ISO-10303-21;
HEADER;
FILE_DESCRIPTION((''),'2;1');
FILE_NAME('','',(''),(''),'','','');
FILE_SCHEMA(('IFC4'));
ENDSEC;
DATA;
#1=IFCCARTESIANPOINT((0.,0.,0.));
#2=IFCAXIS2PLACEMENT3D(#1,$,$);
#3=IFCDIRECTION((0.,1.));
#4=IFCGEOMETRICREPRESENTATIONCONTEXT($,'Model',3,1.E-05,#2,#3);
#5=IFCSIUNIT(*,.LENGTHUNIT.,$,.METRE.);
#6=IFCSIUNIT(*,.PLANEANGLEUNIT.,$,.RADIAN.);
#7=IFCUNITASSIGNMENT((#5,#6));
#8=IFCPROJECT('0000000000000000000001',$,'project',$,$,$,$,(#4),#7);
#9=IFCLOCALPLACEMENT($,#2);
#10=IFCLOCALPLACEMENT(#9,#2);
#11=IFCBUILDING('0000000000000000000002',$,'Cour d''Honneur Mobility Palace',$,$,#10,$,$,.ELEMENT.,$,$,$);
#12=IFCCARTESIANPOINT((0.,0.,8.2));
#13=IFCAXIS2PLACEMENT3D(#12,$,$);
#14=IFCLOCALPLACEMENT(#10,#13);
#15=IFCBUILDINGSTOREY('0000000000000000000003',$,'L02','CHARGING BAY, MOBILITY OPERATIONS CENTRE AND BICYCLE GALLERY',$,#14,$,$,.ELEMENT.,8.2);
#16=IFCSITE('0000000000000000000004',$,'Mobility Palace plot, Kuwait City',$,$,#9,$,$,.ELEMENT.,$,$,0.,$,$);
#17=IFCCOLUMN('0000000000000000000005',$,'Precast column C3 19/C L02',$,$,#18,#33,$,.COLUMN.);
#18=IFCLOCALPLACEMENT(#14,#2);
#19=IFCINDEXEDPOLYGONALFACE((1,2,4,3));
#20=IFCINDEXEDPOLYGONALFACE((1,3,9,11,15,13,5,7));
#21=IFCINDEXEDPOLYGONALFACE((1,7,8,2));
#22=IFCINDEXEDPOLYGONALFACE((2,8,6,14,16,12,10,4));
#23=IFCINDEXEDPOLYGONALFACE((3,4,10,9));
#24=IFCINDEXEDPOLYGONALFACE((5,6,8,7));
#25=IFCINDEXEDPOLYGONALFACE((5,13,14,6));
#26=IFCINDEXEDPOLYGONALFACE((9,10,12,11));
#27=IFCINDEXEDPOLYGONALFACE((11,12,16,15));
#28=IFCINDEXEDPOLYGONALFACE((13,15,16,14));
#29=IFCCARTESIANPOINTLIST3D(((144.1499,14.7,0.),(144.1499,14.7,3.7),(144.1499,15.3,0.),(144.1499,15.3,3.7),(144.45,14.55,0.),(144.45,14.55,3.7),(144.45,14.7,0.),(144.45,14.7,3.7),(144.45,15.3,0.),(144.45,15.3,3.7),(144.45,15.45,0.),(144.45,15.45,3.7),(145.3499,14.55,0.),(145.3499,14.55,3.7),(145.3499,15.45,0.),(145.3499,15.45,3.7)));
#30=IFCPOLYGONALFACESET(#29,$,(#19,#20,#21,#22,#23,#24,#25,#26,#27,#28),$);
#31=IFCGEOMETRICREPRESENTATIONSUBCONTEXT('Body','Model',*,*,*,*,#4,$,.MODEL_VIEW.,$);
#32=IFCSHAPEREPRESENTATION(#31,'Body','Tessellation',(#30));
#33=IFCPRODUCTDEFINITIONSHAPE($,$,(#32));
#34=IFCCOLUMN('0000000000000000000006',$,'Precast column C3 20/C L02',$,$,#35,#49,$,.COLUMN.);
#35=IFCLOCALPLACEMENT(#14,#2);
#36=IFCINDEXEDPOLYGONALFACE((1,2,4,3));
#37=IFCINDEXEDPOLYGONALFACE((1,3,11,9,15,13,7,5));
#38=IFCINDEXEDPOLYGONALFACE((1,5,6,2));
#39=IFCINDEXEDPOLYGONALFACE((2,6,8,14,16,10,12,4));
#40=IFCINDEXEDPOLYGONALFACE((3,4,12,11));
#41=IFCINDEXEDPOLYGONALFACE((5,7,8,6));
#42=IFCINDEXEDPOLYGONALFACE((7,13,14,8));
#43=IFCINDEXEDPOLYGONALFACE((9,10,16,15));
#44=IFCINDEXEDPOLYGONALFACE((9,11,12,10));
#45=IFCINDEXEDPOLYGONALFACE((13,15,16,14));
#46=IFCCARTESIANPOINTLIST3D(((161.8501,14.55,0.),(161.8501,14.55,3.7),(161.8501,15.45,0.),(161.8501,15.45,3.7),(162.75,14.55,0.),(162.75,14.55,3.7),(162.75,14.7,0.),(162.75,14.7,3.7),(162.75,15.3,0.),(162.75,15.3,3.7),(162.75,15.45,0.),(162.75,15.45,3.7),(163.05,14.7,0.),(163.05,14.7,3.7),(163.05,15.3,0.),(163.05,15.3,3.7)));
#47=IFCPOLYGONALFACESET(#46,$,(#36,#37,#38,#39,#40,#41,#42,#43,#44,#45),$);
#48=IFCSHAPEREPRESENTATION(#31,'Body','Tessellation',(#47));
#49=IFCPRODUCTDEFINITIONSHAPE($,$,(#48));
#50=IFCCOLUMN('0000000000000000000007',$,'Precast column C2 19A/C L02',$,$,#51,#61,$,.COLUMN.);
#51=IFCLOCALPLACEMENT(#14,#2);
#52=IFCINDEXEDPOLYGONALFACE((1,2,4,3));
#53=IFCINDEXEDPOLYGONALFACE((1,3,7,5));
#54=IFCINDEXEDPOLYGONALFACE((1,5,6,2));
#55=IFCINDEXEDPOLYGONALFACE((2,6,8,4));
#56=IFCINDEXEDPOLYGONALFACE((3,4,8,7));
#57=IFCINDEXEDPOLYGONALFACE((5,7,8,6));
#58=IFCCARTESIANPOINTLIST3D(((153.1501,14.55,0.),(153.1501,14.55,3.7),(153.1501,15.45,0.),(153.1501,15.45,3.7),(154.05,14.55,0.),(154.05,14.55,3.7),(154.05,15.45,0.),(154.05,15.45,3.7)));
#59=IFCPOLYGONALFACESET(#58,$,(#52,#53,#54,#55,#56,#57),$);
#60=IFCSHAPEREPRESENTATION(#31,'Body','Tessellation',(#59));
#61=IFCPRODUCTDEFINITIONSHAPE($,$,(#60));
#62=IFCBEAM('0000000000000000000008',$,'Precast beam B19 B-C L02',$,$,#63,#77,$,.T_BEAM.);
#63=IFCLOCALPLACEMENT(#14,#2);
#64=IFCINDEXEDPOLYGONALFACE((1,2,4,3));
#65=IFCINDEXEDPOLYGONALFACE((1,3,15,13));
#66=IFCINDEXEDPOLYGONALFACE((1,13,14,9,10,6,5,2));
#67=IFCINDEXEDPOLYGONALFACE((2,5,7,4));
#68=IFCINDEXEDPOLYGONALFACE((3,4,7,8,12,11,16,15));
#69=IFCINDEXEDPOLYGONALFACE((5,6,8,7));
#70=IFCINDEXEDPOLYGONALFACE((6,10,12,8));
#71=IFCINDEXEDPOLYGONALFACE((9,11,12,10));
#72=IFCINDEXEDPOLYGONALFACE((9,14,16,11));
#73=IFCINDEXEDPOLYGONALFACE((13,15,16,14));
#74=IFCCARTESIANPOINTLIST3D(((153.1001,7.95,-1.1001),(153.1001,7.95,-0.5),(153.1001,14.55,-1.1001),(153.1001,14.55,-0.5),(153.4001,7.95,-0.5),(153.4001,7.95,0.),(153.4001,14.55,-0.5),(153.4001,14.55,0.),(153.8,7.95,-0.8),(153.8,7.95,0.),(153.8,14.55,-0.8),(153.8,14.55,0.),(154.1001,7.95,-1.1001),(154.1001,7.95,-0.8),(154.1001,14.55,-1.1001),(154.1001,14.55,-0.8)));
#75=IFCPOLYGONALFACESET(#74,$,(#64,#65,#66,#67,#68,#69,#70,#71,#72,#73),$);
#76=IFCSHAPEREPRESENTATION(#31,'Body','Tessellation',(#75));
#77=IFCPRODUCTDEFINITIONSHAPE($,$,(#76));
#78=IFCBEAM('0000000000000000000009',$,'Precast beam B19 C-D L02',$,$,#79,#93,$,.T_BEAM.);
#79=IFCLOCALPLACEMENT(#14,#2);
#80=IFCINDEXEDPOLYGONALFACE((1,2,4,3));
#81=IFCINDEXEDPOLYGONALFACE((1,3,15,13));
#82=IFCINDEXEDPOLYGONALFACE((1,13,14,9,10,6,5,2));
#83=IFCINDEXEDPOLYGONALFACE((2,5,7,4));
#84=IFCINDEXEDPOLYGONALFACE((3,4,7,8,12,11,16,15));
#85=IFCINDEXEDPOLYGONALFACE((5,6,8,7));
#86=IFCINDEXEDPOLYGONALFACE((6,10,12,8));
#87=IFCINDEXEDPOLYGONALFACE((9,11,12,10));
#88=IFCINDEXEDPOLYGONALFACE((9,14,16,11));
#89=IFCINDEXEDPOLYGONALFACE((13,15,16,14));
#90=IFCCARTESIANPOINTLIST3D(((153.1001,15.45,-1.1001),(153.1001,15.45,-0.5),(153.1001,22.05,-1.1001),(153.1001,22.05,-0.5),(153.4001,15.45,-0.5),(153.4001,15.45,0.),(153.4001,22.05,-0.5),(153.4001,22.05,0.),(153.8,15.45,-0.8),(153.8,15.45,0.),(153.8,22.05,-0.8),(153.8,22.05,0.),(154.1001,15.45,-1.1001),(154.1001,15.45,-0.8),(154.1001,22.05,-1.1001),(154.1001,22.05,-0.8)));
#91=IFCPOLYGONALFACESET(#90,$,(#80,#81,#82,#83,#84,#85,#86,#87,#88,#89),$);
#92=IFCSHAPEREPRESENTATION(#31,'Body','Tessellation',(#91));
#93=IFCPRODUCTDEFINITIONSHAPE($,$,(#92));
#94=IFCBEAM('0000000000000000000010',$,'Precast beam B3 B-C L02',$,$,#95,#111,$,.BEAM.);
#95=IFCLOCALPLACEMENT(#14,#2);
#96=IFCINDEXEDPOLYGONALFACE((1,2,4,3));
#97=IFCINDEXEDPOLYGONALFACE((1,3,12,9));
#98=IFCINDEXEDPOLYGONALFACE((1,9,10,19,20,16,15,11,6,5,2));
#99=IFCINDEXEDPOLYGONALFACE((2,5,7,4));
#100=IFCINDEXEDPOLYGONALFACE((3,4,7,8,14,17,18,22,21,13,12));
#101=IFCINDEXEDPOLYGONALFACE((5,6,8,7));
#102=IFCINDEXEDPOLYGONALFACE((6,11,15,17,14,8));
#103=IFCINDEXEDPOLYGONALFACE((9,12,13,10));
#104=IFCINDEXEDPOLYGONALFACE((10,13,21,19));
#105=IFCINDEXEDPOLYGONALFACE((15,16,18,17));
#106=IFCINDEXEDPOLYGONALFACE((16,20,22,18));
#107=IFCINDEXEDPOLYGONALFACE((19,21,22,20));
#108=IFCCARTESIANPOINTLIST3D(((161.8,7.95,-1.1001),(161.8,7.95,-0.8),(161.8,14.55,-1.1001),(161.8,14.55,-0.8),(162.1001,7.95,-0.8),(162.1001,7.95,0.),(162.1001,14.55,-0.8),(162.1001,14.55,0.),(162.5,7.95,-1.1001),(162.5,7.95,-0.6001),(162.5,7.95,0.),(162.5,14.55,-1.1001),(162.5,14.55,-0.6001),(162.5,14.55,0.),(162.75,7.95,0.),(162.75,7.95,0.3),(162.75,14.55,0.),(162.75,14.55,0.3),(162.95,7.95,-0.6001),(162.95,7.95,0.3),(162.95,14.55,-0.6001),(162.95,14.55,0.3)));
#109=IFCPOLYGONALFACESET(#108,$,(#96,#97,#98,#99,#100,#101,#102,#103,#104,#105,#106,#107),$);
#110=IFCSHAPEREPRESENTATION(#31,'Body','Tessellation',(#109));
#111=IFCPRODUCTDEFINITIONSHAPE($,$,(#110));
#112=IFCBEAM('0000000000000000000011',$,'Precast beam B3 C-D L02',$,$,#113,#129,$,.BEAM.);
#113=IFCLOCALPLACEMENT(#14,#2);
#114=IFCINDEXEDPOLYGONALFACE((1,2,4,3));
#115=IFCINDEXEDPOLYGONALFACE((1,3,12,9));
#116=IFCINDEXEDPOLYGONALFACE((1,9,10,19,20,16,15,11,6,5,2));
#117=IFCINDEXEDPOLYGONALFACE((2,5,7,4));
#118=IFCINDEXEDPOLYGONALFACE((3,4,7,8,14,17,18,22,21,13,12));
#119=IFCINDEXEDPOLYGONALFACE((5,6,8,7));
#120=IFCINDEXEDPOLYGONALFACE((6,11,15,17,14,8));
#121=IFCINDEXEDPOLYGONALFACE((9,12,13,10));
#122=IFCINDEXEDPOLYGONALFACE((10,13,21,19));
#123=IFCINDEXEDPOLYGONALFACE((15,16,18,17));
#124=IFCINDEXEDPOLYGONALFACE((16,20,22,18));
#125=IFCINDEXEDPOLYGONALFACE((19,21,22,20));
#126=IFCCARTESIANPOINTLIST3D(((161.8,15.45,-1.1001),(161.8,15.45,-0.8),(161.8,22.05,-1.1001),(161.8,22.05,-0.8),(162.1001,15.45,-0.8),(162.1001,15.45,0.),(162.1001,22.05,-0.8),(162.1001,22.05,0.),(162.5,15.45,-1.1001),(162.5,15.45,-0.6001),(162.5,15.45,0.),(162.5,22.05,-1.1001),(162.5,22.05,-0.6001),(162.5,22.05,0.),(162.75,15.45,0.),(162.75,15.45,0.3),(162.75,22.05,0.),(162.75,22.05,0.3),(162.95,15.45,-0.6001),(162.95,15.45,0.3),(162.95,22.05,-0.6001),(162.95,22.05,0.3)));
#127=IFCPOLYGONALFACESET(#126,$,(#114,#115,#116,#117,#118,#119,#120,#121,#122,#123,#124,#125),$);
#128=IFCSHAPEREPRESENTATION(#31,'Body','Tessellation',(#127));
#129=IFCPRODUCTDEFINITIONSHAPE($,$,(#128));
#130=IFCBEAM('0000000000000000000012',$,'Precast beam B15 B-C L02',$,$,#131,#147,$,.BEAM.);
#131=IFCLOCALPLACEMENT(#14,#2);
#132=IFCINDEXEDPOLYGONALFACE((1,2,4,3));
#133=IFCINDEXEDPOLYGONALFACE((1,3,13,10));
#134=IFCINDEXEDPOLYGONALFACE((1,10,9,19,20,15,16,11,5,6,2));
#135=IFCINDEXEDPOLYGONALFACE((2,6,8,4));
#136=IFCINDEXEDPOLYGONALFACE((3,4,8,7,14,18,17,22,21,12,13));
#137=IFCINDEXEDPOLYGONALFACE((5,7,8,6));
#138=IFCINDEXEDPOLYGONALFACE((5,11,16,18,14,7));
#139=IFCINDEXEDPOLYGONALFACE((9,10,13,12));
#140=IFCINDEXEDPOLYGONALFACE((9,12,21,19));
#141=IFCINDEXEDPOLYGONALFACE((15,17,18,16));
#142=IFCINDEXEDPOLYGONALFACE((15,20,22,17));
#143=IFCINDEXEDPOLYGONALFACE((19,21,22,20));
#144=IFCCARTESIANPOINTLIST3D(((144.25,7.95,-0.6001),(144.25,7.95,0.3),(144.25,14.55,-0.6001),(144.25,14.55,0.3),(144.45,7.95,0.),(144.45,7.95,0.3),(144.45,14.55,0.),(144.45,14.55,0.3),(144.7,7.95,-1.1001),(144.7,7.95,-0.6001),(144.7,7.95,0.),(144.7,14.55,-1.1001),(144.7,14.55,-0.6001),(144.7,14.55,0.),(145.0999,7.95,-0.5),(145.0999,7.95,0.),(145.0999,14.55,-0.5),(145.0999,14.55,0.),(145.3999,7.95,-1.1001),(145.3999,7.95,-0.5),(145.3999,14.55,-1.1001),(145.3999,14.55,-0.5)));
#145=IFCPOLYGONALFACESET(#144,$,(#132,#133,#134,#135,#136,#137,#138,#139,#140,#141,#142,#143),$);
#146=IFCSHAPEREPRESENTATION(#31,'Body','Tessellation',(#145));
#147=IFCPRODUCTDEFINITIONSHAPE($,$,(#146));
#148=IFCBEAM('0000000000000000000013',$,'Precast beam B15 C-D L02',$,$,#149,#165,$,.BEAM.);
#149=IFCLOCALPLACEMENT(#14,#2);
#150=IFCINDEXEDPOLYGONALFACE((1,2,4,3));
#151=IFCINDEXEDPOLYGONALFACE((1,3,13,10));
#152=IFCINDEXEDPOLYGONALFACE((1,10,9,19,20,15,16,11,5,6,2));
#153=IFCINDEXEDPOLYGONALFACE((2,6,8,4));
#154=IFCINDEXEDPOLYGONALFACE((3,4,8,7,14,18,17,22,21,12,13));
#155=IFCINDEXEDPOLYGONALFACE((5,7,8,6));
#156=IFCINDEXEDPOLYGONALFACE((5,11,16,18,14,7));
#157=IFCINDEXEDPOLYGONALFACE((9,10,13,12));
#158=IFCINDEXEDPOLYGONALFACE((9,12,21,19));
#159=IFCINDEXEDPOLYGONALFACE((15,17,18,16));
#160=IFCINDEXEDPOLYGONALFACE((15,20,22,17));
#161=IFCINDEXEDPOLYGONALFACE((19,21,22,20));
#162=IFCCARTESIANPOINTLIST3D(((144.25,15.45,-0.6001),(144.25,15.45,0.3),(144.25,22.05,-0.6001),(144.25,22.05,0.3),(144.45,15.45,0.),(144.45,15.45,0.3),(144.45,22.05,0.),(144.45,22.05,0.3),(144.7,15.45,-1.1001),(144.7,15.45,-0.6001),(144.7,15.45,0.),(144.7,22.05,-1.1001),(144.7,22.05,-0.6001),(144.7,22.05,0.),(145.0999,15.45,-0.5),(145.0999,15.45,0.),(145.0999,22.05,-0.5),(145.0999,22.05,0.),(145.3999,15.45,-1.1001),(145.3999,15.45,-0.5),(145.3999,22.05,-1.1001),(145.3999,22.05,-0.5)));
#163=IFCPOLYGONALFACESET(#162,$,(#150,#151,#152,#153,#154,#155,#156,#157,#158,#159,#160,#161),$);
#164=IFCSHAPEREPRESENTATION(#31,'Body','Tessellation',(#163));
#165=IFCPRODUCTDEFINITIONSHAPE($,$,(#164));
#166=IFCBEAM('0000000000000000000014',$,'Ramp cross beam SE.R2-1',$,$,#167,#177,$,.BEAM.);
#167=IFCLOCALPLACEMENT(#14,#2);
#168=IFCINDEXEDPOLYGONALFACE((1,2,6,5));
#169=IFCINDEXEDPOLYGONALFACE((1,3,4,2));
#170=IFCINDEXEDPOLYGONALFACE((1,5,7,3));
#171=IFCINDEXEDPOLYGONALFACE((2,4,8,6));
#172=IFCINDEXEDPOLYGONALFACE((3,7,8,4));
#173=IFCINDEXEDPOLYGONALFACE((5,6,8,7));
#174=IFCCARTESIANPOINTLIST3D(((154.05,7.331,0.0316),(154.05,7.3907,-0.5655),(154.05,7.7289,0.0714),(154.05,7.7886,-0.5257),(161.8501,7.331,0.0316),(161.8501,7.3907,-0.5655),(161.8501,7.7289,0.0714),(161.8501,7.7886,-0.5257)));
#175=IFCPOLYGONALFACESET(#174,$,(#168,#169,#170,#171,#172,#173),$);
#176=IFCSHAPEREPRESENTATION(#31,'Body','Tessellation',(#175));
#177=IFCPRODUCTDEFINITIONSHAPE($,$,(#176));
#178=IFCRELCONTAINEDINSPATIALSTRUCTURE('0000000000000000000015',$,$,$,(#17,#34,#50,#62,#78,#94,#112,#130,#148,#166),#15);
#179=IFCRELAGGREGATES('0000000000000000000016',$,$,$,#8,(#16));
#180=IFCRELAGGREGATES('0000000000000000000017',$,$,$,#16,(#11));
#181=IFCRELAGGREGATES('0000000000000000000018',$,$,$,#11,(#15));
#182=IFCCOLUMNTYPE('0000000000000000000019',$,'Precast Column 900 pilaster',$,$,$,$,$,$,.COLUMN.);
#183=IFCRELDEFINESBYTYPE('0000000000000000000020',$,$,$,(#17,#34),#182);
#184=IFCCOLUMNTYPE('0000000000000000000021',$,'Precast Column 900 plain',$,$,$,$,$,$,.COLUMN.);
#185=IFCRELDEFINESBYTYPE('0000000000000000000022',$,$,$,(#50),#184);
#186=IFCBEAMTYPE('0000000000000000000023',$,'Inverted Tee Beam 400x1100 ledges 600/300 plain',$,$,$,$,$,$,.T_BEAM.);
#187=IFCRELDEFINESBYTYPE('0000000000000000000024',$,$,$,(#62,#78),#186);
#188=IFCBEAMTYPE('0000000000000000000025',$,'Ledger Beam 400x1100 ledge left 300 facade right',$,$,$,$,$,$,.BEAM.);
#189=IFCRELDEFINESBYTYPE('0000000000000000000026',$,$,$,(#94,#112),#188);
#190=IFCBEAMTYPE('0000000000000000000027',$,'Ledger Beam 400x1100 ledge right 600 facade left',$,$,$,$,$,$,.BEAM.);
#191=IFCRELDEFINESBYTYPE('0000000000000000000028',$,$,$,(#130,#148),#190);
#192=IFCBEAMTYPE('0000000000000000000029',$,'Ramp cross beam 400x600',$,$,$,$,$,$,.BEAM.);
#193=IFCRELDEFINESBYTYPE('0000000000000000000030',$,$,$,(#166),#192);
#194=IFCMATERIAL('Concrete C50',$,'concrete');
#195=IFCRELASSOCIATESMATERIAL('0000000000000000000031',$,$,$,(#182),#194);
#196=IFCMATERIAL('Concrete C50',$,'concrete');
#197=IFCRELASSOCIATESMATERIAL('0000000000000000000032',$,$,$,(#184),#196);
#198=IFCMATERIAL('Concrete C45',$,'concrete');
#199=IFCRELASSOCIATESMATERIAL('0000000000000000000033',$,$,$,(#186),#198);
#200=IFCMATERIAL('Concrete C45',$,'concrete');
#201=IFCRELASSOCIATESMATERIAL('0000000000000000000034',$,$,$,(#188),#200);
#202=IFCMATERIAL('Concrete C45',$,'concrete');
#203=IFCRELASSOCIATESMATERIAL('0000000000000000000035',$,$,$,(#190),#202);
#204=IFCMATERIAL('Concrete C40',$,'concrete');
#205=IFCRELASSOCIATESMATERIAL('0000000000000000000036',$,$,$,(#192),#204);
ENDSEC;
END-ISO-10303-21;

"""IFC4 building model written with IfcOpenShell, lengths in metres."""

from ifc_helpers import new_model, si_unit, direction, frame, origin, origin_2d, place, context, subcontext, project, spatial, polyline, rectangle, outline, extrude, material, material_profile, profile_set, type_object, element, save


model = new_model("IFC4")

# Units and contexts
model_context = context("Model", 3, precision=1e-05, world=origin(), true_north=direction((0.0, 1.0)))
body_context = subcontext(model_context, "Body", "Model", "MODEL_VIEW")
ifc_project = project(units=[si_unit("LENGTHUNIT", "METRE"), si_unit("PLANEANGLEUNIT", "RADIAN")], contexts=[model_context])

# Site, building, storey
site_placement = place(None, origin())
site = spatial("IfcSite", under=ifc_project, at=site_placement, Name="Mobility Palace plot, Kuwait City", CompositionType="ELEMENT", RefElevation=0.0)
building_placement = place(site_placement, origin())
building = spatial("IfcBuilding", under=site, at=building_placement, Name="Cour d'Honneur Mobility Palace", CompositionType="ELEMENT")
storey_placement = place(building_placement, frame((0.0, 0.0, 8.2)))
storey = spatial("IfcBuildingStorey", under=building, at=storey_placement, Name="L02", Description="CHARGING BAY, MOBILITY OPERATIONS CENTRE AND BICYCLE GALLERY", CompositionType="ELEMENT", Elevation=8.2)

# Columns
ifc_material_1 = material(Name="Concrete C50", Category="concrete")
ifc_material_profile_1 = material_profile(ifc_material_1, outline(polyline([(-0.45, -0.45), (0.45, -0.45), (0.45, -0.3), (0.75, -0.3), (0.75, 0.3), (0.45, 0.3), (0.45, 0.45), (-0.45, 0.45), (-0.45, -0.45)])), Name="PC C900 pilaster")
ifc_profile_set_1 = profile_set([ifc_material_profile_1], Name="Concrete C50")
column_type_1 = type_object("IfcColumnType", Name="Precast Column 900 pilaster", PredefinedType="COLUMN", material=ifc_profile_set_1)
for number, where, z_axis, x_axis, name in (
    (1, (144.8999, 15.0, 0.0), (0.0, 0.0, 1.0), (-1.0, 0.0, 0.0), "Precast column C3 19/C L02"),
    (2, (162.3, 15.0, 0.0), (0.0, 0.0, 1.0), (1.0, 0.0, 0.0), "Precast column C3 20/C L02"),
):
    element("IfcColumn", number, at=place(storey_placement, frame(where, z_axis=z_axis, x_axis=x_axis)), inside=storey, type_object=column_type_1, Name=name, PredefinedType="COLUMN", context=body_context, shape_type="SweptSolid", body=[
        extrude(outline(polyline([(-0.45, -0.45), (0.45, -0.45), (0.45, -0.3), (0.75, -0.3), (0.75, 0.3), (0.45, 0.3), (0.45, 0.45), (-0.45, 0.45), (-0.45, -0.45)])), origin(), (0.0, 0.0, 1.0), 3.7),
    ])
ifc_material_2 = material(Name="Concrete C50", Category="concrete")
ifc_material_profile_2 = material_profile(ifc_material_2, outline(polyline([(-0.45, -0.45), (0.45, -0.45), (0.45, 0.45), (-0.45, 0.45), (-0.45, -0.45)])), Name="PC C900 plain")
ifc_profile_set_2 = profile_set([ifc_material_profile_2], Name="Concrete C50")
column_type_2 = type_object("IfcColumnType", Name="Precast Column 900 plain", PredefinedType="COLUMN", material=ifc_profile_set_2)
column_placement = place(storey_placement, frame((153.6001, 15.0, 0.0), z_axis=(0.0, 0.0, 1.0), x_axis=(1.0, 0.0, 0.0)))
element("IfcColumn", 3, at=column_placement, inside=storey, type_object=column_type_2, Name="Precast column C2 19A/C L02", PredefinedType="COLUMN", context=body_context, shape_type="SweptSolid", body=[
    extrude(outline(polyline([(-0.45, -0.45), (0.45, -0.45), (0.45, 0.45), (-0.45, 0.45), (-0.45, -0.45)])), origin(), (0.0, 0.0, 1.0), 3.7),
])

# Beams
ifc_material_3 = material(Name="Concrete C45", Category="concrete")
ifc_material_profile_3 = material_profile(ifc_material_3, outline(polyline([(0.5, -1.1001), (0.5, -0.5), (0.2, -0.5), (0.2, 0.0), (-0.2, 0.0), (-0.2, -0.8), (-0.5, -0.8), (-0.5, -1.1001), (0.5, -1.1001)])), Name="Inverted Tee Beam 400x1100 ledges 600/300 plain")
ifc_profile_set_3 = profile_set([ifc_material_profile_3], Name="Concrete C45")
beam_type_1 = type_object("IfcBeamType", Name="Inverted Tee Beam 400x1100 ledges 600/300 plain", PredefinedType="T_BEAM", material=ifc_profile_set_3)
for number, where, z_axis, x_axis, name in (
    (4, (153.6001, 7.95, 0.0), (0.0, 1.0, 0.0), (-1.0, 0.0, 0.0), "Precast beam B19 B-C L02"),
    (5, (153.6001, 15.45, 0.0), (0.0, 1.0, 0.0), (-1.0, 0.0, 0.0), "Precast beam B19 C-D L02"),
):
    element("IfcBeam", number, at=place(storey_placement, frame(where, z_axis=z_axis, x_axis=x_axis)), inside=storey, type_object=beam_type_1, Name=name, PredefinedType="T_BEAM", context=body_context, shape_type="SweptSolid", body=[
        extrude(outline(polyline([(0.5, -1.1001), (0.5, -0.5), (0.2, -0.5), (0.2, 0.0), (-0.2, 0.0), (-0.2, -0.8), (-0.5, -0.8), (-0.5, -1.1001), (0.5, -1.1001)])), origin(), (0.0, 0.0, 1.0), 6.6001),
    ])
ifc_material_4 = material(Name="Concrete C45", Category="concrete")
ifc_material_profile_4 = material_profile(ifc_material_4, outline(polyline([(0.5, -1.1001), (0.5, -0.8), (0.2, -0.8), (0.2, 0.0), (-0.2, 0.0), (-0.45, 0.0), (-0.45, 0.3), (-0.6499, 0.3), (-0.6499, -0.6001), (-0.2, -0.6001), (-0.2, -1.1001), (0.5, -1.1001)])), Name="Ledger Beam 400x1100 ledge left 300 facade right")
ifc_profile_set_4 = profile_set([ifc_material_profile_4], Name="Concrete C45")
beam_type_2 = type_object("IfcBeamType", Name="Ledger Beam 400x1100 ledge left 300 facade right", PredefinedType="BEAM", material=ifc_profile_set_4)
for number, where, z_axis, x_axis, name in (
    (6, (162.3, 7.95, 0.0), (0.0, 1.0, 0.0), (-1.0, 0.0, 0.0), "Precast beam B3 B-C L02"),
    (7, (162.3, 15.45, 0.0), (0.0, 1.0, 0.0), (-1.0, 0.0, 0.0), "Precast beam B3 C-D L02"),
):
    element("IfcBeam", number, at=place(storey_placement, frame(where, z_axis=z_axis, x_axis=x_axis)), inside=storey, type_object=beam_type_2, Name=name, PredefinedType="BEAM", context=body_context, shape_type="SweptSolid", body=[
        extrude(outline(polyline([(0.5, -1.1001), (0.5, -0.8), (0.2, -0.8), (0.2, 0.0), (-0.2, 0.0), (-0.45, 0.0), (-0.45, 0.3), (-0.6499, 0.3), (-0.6499, -0.6001), (-0.2, -0.6001), (-0.2, -1.1001), (0.5, -1.1001)])), origin(), (0.0, 0.0, 1.0), 6.6001),
    ])
ifc_material_5 = material(Name="Concrete C45", Category="concrete")
ifc_material_profile_5 = material_profile(ifc_material_5, outline(polyline([(0.2, -1.1001), (0.2, -0.6001), (0.6499, -0.6001), (0.6499, 0.3), (0.45, 0.3), (0.45, 0.0), (0.2, 0.0), (-0.2, 0.0), (-0.2, -0.5), (-0.5, -0.5), (-0.5, -1.1001), (0.2, -1.1001)])), Name="Ledger Beam 400x1100 ledge right 600 facade left")
ifc_profile_set_5 = profile_set([ifc_material_profile_5], Name="Concrete C45")
beam_type_3 = type_object("IfcBeamType", Name="Ledger Beam 400x1100 ledge right 600 facade left", PredefinedType="BEAM", material=ifc_profile_set_5)
for number, where, z_axis, x_axis, name in (
    (8, (144.8999, 7.95, 0.0), (0.0, 1.0, 0.0), (-1.0, 0.0, 0.0), "Precast beam B15 B-C L02"),
    (9, (144.8999, 15.45, 0.0), (0.0, 1.0, 0.0), (-1.0, 0.0, 0.0), "Precast beam B15 C-D L02"),
):
    element("IfcBeam", number, at=place(storey_placement, frame(where, z_axis=z_axis, x_axis=x_axis)), inside=storey, type_object=beam_type_3, Name=name, PredefinedType="BEAM", context=body_context, shape_type="SweptSolid", body=[
        extrude(outline(polyline([(0.2, -1.1001), (0.2, -0.6001), (0.6499, -0.6001), (0.6499, 0.3), (0.45, 0.3), (0.45, 0.0), (0.2, 0.0), (-0.2, 0.0), (-0.2, -0.5), (-0.5, -0.5), (-0.5, -1.1001), (0.2, -1.1001)])), origin(), (0.0, 0.0, 1.0), 6.6001),
    ])
ifc_material_6 = material(Name="Concrete C40", Category="concrete")
ifc_material_profile_6 = material_profile(ifc_material_6, rectangle(XDim=0.3999, YDim=0.6001, at=origin_2d()), Name="Ramp cross beam 400x600")
ifc_profile_set_6 = profile_set([ifc_material_profile_6], Name="Concrete C40")
beam_type_4 = type_object("IfcBeamType", Name="Ramp cross beam 400x600", PredefinedType="BEAM", material=ifc_profile_set_6)
for number, where, z_axis, x_axis, name in (
    (10, (161.8501, 7.5598, -0.2471), (-1.0, 0.0, 0.0), (0.0, -0.995037, -0.099504), "Ramp cross beam SE.R2-1"),
):
    element("IfcBeam", number, at=place(storey_placement, frame(where, z_axis=z_axis, x_axis=x_axis)), inside=storey, type_object=beam_type_4, Name=name, PredefinedType="BEAM", context=body_context, shape_type="SweptSolid", body=[
        extrude(rectangle(XDim=0.3999, YDim=0.6001, at=origin_2d()), origin(), (0.0, 0.0, 1.0), 7.8),
    ])

save(model, "model.ifc")
